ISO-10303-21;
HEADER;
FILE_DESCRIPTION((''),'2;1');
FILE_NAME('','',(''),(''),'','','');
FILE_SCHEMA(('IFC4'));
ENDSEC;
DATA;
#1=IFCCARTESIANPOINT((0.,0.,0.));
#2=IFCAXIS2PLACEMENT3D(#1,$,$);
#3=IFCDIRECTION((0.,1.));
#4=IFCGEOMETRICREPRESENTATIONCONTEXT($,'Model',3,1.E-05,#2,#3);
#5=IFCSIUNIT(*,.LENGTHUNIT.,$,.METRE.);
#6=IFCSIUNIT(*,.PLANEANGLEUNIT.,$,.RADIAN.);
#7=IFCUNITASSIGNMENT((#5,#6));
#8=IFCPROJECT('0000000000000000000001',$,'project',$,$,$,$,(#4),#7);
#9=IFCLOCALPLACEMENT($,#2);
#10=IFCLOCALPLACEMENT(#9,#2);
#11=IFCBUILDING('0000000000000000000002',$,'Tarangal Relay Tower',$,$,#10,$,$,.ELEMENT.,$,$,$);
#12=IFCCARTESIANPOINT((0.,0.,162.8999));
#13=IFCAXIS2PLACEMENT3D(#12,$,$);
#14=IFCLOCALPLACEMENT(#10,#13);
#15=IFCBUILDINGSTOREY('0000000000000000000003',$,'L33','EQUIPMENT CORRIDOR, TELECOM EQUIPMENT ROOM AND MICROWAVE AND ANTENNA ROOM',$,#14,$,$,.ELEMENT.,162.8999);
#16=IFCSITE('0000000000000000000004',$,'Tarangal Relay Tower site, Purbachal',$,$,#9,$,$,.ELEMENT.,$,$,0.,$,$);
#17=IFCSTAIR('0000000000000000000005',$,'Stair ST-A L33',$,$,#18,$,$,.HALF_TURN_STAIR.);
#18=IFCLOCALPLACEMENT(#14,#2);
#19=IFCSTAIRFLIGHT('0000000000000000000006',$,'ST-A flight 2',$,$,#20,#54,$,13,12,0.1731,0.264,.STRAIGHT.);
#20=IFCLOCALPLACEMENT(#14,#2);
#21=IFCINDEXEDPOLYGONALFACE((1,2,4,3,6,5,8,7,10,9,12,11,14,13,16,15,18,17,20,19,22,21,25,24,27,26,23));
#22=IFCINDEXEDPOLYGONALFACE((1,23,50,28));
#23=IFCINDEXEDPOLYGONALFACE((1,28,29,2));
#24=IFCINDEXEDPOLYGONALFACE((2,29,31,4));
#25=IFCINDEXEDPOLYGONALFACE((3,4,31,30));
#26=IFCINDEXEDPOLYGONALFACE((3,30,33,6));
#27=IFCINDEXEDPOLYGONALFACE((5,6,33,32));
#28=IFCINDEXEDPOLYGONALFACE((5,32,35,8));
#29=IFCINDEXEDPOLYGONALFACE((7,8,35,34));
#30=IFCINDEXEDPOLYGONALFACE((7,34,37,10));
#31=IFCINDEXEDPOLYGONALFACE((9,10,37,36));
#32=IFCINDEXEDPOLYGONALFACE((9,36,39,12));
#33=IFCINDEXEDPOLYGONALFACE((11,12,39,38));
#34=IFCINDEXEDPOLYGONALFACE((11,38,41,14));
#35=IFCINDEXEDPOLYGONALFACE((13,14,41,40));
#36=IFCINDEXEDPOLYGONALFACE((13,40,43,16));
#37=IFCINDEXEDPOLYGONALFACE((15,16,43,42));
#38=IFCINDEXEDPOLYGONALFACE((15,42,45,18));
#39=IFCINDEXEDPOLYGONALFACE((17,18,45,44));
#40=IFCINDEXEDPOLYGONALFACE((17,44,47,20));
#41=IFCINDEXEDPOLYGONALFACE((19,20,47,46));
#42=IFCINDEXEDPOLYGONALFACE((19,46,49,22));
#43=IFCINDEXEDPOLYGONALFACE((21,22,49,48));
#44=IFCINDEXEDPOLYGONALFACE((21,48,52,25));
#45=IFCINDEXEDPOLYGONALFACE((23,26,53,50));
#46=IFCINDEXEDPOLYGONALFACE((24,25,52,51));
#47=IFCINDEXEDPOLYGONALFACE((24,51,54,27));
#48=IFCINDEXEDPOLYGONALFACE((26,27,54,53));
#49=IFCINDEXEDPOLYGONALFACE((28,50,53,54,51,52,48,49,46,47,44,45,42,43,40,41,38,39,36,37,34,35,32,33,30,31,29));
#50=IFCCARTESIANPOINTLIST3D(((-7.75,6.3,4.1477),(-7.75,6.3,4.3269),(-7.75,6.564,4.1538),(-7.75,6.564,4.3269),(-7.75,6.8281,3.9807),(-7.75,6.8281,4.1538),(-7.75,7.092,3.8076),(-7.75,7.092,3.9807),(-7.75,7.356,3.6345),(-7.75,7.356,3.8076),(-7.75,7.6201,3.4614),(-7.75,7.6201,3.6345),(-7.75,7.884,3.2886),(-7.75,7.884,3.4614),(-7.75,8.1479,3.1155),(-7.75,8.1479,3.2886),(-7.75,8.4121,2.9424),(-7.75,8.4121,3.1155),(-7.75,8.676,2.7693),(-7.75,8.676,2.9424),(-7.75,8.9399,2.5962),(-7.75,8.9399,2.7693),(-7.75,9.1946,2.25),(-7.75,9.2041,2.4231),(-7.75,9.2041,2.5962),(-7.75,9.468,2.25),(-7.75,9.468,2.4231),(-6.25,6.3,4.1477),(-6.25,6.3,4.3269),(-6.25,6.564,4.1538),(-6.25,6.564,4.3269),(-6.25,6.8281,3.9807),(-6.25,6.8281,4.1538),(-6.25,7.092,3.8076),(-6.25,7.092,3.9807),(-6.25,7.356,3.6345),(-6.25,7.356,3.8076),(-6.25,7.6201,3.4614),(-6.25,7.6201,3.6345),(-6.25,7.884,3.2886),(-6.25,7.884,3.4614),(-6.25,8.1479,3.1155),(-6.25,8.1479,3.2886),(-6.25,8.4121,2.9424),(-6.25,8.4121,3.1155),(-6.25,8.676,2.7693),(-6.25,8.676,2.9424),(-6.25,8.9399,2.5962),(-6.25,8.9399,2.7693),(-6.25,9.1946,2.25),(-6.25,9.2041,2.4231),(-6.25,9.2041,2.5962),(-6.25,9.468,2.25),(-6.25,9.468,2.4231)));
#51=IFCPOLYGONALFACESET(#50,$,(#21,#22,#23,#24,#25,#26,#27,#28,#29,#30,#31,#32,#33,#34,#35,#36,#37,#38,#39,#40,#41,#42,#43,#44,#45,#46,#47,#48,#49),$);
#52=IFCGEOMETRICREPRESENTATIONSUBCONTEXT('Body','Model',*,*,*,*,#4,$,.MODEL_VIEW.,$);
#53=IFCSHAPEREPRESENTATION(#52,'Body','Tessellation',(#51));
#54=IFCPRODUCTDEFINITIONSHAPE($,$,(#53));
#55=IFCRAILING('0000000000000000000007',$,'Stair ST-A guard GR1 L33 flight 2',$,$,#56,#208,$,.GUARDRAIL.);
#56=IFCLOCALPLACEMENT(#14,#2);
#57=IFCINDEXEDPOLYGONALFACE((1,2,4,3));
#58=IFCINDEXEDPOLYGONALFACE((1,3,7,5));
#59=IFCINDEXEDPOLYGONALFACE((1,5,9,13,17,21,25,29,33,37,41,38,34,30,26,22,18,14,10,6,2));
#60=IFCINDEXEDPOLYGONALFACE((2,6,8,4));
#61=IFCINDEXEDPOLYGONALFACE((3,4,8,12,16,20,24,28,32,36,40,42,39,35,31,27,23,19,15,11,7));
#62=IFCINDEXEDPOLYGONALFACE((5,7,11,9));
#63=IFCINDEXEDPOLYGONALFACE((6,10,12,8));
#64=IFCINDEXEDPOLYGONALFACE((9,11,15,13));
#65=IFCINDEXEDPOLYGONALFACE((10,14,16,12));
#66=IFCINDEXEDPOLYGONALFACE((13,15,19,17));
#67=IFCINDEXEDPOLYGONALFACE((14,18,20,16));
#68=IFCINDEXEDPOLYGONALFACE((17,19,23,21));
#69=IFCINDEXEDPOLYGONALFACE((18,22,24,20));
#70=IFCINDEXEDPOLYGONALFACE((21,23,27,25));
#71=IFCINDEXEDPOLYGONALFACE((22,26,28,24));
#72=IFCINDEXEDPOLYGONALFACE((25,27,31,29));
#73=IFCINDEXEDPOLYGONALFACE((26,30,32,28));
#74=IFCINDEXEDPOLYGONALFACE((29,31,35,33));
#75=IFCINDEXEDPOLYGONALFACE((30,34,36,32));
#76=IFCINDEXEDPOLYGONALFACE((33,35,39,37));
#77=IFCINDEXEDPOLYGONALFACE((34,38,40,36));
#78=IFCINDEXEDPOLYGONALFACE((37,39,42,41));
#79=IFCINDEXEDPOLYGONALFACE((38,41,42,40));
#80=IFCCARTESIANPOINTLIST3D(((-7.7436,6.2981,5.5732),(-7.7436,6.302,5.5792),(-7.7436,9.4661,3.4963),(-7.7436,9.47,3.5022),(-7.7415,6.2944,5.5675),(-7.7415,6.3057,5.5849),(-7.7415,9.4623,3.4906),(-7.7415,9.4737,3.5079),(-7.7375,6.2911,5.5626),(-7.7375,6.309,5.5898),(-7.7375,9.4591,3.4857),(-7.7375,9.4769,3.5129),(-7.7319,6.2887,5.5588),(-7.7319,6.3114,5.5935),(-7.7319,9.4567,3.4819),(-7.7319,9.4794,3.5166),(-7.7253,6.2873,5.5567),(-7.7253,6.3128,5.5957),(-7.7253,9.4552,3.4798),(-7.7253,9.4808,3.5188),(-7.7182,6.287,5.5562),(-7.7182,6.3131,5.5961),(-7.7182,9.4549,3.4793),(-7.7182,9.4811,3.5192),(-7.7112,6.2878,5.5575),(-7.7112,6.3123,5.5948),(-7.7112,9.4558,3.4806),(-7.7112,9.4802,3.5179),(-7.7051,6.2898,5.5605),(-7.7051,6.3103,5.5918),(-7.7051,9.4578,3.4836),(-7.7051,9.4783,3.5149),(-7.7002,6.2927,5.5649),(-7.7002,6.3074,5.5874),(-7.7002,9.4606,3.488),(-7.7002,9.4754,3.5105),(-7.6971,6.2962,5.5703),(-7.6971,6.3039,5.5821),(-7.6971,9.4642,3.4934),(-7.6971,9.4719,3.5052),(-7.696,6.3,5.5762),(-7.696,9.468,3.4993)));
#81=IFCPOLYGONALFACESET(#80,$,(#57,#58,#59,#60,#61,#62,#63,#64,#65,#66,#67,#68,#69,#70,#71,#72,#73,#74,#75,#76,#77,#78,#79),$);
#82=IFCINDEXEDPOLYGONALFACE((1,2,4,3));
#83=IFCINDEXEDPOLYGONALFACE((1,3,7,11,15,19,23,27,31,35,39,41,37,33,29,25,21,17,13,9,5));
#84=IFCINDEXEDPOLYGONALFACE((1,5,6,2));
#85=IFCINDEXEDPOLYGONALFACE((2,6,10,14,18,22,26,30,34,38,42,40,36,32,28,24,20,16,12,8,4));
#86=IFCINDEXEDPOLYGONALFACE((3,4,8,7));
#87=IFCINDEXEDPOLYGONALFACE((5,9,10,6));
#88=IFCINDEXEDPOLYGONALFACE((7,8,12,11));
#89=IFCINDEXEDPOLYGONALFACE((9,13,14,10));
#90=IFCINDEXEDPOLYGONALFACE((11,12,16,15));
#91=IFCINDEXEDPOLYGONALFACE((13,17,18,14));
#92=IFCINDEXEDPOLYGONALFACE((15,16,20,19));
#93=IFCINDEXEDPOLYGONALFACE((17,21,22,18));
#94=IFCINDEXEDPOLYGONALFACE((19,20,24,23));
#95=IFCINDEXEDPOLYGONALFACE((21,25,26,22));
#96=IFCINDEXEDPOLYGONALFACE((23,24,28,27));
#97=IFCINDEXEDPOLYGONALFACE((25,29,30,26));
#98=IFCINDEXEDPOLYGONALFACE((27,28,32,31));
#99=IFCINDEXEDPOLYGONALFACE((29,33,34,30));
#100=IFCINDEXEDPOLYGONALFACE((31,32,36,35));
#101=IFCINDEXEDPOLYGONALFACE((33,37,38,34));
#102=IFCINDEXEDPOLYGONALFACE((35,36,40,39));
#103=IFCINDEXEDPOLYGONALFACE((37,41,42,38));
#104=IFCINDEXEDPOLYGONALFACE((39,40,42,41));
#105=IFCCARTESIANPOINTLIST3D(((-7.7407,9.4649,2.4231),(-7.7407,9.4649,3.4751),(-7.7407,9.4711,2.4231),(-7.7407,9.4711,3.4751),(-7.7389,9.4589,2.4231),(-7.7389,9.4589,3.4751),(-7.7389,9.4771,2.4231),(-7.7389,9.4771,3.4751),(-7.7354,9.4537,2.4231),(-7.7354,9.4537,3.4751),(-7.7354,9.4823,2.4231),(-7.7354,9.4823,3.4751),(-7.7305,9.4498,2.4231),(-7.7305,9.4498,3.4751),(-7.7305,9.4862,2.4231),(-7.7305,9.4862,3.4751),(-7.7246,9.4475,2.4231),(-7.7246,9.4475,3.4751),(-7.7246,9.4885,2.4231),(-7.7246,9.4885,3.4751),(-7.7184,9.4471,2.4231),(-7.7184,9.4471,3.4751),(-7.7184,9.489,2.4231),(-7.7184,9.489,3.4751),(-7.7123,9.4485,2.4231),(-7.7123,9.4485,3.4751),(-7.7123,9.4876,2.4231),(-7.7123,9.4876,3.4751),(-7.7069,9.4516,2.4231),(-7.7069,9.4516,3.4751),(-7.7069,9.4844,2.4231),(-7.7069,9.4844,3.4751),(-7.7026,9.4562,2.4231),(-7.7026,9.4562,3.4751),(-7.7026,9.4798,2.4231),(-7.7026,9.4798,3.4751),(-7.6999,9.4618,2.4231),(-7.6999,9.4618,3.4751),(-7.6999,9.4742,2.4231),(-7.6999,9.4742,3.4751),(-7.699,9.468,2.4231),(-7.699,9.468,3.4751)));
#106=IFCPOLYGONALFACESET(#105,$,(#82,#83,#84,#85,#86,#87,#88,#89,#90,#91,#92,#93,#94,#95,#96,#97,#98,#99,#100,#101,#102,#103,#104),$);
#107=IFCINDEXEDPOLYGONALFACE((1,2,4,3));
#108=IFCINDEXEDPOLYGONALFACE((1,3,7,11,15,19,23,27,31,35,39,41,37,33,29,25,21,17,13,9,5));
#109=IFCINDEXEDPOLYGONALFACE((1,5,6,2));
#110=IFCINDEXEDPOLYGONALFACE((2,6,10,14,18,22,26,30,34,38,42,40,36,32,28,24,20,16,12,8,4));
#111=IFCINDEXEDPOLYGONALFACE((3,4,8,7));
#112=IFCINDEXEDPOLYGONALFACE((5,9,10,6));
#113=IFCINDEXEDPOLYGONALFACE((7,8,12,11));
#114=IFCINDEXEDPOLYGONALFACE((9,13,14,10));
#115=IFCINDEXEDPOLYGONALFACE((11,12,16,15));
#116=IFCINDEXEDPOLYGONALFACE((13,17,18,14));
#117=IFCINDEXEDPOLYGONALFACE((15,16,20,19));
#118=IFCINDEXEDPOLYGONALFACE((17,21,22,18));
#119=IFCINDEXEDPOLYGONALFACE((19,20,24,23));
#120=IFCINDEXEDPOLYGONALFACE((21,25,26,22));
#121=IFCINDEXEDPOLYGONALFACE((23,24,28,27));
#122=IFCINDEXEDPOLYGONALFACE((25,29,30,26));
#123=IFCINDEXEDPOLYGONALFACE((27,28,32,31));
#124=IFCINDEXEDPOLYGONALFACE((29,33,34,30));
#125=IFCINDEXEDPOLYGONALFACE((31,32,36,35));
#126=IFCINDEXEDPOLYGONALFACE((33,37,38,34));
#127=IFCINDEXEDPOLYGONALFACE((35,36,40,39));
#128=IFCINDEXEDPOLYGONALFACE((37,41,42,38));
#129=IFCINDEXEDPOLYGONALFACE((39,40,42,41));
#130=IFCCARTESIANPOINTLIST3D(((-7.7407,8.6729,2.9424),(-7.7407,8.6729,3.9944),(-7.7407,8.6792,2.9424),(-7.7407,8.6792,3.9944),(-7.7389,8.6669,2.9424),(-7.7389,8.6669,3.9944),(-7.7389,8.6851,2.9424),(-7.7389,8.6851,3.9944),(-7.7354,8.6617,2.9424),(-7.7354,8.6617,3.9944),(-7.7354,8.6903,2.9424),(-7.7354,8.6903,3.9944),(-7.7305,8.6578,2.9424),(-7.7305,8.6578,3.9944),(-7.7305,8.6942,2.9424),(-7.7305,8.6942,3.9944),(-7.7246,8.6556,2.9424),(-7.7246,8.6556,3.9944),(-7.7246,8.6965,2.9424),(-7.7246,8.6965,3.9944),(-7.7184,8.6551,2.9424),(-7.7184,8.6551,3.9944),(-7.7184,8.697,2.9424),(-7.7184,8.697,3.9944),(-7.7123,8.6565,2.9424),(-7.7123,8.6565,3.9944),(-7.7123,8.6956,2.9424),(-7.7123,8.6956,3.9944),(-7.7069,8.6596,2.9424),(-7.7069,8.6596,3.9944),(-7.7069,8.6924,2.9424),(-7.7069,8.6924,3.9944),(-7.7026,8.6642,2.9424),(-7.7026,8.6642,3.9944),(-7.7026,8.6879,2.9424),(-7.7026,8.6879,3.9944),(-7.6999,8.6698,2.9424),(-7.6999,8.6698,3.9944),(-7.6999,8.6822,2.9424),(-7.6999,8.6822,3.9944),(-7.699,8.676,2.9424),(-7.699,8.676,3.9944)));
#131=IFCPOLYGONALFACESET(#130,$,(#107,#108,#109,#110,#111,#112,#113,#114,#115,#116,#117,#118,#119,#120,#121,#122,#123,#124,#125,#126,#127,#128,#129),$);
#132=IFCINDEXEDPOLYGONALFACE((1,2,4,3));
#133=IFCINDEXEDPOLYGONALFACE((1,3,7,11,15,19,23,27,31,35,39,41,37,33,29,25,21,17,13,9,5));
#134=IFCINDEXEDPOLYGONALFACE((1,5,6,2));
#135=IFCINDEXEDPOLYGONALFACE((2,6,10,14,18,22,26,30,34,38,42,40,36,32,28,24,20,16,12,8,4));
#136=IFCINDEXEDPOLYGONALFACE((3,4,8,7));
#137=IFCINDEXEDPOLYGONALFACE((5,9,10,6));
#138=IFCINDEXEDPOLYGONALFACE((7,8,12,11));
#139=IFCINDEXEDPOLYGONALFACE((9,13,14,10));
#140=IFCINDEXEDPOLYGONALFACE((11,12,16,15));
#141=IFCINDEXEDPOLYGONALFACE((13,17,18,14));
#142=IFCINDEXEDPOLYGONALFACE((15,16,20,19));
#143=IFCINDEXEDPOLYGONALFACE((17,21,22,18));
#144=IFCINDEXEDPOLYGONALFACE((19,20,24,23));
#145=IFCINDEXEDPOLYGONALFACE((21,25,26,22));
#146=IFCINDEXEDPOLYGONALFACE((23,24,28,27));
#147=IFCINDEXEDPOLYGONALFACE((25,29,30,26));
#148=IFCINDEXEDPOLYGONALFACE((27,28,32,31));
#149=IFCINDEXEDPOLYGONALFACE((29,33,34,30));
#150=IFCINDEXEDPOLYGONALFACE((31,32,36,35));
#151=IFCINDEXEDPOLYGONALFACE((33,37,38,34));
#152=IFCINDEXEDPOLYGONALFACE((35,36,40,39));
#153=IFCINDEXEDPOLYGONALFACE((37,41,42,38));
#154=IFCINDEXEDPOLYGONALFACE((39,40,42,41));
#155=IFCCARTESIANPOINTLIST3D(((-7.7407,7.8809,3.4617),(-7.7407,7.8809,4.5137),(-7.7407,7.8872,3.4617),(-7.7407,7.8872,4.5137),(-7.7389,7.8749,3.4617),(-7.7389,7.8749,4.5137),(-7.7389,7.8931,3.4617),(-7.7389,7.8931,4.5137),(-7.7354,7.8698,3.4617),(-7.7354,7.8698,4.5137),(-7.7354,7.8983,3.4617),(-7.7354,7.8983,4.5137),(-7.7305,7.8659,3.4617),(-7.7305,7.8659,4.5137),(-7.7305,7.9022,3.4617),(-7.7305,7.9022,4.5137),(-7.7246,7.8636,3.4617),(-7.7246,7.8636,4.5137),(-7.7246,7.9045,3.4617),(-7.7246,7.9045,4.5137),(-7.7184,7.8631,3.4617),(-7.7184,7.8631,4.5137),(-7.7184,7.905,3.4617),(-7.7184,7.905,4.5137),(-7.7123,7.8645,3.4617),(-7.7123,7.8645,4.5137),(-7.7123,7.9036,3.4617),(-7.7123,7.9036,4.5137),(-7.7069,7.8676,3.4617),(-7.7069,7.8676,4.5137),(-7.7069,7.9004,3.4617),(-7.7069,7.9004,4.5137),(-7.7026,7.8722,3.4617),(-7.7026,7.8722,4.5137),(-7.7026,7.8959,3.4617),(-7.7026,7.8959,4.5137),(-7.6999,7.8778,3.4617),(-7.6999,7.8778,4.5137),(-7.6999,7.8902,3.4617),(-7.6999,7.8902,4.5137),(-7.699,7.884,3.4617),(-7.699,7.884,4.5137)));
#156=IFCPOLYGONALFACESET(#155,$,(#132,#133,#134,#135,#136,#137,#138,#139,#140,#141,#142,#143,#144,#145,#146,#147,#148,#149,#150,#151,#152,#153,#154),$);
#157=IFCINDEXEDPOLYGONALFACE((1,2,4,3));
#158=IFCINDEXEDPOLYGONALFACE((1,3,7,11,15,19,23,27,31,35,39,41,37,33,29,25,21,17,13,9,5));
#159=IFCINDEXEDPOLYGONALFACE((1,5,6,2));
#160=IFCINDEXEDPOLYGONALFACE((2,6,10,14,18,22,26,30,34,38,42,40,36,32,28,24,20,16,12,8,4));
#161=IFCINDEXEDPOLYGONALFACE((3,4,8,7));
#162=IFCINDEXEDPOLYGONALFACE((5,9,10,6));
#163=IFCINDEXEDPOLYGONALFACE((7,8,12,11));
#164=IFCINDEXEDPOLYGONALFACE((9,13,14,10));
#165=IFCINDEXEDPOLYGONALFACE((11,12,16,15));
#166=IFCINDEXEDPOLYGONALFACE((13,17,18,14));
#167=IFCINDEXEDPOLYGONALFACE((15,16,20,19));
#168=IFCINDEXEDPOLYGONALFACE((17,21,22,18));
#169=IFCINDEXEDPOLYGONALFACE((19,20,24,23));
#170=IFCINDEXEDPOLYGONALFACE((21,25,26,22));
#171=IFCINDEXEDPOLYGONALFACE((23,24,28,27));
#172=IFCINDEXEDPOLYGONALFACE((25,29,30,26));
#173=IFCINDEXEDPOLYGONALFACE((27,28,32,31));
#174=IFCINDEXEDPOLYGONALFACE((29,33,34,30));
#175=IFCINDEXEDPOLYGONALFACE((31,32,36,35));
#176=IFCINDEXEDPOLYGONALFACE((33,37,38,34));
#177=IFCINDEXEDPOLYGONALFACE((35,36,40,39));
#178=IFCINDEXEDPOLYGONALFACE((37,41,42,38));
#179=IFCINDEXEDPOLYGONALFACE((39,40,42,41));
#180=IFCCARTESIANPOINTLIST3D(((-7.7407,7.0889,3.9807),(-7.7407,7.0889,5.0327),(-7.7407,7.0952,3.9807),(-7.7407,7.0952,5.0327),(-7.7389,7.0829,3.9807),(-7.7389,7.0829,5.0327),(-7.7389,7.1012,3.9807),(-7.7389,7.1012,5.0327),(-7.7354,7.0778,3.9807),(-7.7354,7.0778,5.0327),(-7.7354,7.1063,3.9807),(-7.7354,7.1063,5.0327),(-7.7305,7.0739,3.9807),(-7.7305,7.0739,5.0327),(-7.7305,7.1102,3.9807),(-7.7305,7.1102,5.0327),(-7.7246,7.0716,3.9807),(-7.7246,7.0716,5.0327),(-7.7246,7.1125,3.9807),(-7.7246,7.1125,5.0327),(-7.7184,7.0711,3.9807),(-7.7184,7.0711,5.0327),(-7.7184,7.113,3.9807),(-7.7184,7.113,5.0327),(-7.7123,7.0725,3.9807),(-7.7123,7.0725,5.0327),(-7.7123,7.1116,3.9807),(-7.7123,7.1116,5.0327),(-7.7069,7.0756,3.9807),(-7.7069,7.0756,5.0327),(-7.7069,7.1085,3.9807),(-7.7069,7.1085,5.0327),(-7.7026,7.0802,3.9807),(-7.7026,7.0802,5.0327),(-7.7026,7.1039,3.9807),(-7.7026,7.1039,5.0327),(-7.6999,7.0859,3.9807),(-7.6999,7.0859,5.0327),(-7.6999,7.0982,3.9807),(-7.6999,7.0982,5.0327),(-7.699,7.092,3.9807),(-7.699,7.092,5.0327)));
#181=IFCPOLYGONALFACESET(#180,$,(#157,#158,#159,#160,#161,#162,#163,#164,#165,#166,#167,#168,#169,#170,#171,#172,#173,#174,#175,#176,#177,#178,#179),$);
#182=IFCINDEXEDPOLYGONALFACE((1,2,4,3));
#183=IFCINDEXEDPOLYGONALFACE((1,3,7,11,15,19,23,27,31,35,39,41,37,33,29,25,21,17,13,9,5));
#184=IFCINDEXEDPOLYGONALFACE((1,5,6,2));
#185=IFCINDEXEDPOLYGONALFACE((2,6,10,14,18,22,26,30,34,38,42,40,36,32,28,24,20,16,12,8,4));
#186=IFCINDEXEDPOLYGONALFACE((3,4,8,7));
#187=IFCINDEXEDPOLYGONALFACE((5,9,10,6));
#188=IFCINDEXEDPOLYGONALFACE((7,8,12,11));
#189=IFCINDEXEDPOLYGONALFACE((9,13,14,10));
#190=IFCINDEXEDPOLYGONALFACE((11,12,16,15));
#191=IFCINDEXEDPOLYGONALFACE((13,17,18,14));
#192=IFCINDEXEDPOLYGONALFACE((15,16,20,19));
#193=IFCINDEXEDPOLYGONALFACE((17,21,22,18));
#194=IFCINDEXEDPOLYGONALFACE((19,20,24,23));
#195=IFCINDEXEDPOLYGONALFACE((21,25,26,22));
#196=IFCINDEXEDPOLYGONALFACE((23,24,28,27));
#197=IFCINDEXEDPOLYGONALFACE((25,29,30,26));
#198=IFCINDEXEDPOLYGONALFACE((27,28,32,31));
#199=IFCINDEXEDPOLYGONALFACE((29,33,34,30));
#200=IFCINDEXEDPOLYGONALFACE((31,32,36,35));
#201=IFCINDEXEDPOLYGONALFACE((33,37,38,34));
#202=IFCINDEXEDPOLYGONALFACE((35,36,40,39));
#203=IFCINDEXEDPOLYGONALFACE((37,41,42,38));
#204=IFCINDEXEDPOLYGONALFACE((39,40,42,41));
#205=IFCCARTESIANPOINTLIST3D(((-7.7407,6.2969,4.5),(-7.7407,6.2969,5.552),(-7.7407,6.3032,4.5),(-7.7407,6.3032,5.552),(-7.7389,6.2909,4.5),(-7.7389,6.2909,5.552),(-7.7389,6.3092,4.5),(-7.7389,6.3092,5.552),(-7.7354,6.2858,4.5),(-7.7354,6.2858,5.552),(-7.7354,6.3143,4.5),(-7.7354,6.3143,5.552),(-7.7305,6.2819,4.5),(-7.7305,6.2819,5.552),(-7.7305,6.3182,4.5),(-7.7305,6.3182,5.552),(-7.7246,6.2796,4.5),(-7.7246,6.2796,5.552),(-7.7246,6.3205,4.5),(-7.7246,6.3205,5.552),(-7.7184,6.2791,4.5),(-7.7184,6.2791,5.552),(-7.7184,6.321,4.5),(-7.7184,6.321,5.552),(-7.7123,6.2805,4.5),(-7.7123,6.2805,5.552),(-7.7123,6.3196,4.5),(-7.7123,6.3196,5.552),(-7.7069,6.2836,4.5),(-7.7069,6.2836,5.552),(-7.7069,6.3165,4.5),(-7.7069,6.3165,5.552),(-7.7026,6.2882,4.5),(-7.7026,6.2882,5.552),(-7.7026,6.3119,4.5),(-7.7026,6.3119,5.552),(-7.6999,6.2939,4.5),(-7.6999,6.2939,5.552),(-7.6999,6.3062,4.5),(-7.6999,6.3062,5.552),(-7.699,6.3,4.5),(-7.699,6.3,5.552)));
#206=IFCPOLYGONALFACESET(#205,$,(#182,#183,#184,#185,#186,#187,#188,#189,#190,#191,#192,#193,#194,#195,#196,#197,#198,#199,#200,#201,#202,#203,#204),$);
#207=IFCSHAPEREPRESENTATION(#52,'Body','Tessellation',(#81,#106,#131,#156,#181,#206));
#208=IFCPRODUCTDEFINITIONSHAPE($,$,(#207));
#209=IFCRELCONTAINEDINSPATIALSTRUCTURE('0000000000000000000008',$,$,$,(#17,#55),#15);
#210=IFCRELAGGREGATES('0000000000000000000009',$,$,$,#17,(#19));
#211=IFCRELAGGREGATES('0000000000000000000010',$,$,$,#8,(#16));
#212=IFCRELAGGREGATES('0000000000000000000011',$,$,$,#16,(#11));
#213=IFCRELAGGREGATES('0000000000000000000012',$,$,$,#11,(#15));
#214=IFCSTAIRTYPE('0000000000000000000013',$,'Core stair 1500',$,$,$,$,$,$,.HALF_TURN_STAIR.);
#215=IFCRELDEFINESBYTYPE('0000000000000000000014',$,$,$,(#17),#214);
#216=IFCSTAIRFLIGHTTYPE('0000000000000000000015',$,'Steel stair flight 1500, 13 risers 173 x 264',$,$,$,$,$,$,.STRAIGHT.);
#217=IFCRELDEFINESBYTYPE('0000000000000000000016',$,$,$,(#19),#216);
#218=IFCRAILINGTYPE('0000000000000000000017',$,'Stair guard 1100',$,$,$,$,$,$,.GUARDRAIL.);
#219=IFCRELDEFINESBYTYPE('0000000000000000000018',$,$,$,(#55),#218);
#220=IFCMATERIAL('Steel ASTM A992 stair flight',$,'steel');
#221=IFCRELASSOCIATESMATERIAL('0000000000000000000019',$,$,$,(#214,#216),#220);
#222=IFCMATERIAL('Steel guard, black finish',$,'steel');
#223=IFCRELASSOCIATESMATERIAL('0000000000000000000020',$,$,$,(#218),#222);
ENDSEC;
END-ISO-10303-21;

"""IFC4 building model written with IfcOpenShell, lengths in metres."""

from ifc_helpers import new_model, si_unit, direction, frame, origin, origin_2d, place, context, subcontext, project, spatial, polyline, circle, outline, extrude, material, type_object, element, aggregate, save


model = new_model("IFC4")

# Units and contexts
model_context = context("Model", 3, precision=1e-05, world=origin(), true_north=direction((0.0, 1.0)))
body_context = subcontext(model_context, "Body", "Model", "MODEL_VIEW")
ifc_project = project(units=[si_unit("LENGTHUNIT", "METRE"), si_unit("PLANEANGLEUNIT", "RADIAN")], contexts=[model_context])

# Site, building, storey
site_placement = place(None, origin())
site = spatial("IfcSite", under=ifc_project, at=site_placement, Name="Tarangal Relay Tower site, Purbachal", CompositionType="ELEMENT", RefElevation=0.0)
building_placement = place(site_placement, origin())
building = spatial("IfcBuilding", under=site, at=building_placement, Name="Tarangal Relay Tower", CompositionType="ELEMENT")
storey_placement = place(building_placement, frame((0.0, 0.0, 162.8999)))
storey = spatial("IfcBuildingStorey", under=building, at=storey_placement, Name="L33", Description="EQUIPMENT CORRIDOR, TELECOM EQUIPMENT ROOM AND MICROWAVE AND ANTENNA ROOM", CompositionType="ELEMENT", Elevation=162.8999)

# Stair, stair flight
ifc_material_1 = material(Name="Steel ASTM A992 stair flight", Category="steel")
stair_type = type_object("IfcStairType", Name="Core stair 1500", PredefinedType="HALF_TURN_STAIR", material=ifc_material_1)
stair_placement = place(storey_placement, origin())
stair = element("IfcStair", 1, at=stair_placement, inside=storey, type_object=stair_type, Name="Stair ST-A L33", PredefinedType="HALF_TURN_STAIR")
stair_flight_type = type_object("IfcStairFlightType", Name="Steel stair flight 1500, 13 risers 173 x 264", PredefinedType="STRAIGHT", material=ifc_material_1)
stair_flight_placement = place(storey_placement, frame((-7.0, 9.468, 2.25), z_axis=(0.0, 0.0, 1.0), x_axis=(0.0, -1.0, 0.0)))
stair_flight = element("IfcStairFlight", 2, at=stair_flight_placement, type_object=stair_flight_type, Name="ST-A flight 2", NumberOfRisers=13, NumberOfTreads=12, PredefinedType="STRAIGHT", RiserHeight=0.1731, TreadLength=0.264, context=body_context, shape_type="SweptSolid", body=[
    extrude(outline(polyline([(0.0, 0.0), (0.0, 0.1731), (0.2639, 0.1731), (0.2639, 0.3462), (0.5281, 0.3462), (0.5281, 0.5193), (0.792, 0.5193), (0.792, 0.6924), (1.0559, 0.6924), (1.0559, 0.8655), (1.3201, 0.8655), (1.3201, 1.0386), (1.584, 1.0386), (1.584, 1.2114), (1.8479, 1.2114), (1.8479, 1.3845), (2.1121, 1.3845), (2.1121, 1.5576), (2.376, 1.5576), (2.376, 1.7307), (2.6399, 1.7307), (2.6399, 1.9038), (2.9041, 1.9038), (2.9041, 2.0769), (3.168, 2.0769), (3.168, 2.25), (3.168, 1.8977), (0.2734, 0.0), (0.0, 0.0)])), frame((0.0, 0.75, 0.0), z_axis=(0.0, -1.0, 0.0), x_axis=(1.0, 0.0, 0.0)), (0.0, 0.0, 1.0), 1.5),
])
aggregate(stair, [stair_flight])

# Railing
ifc_material_2 = material(Name="Steel guard, black finish", Category="steel")
railing_type_1 = type_object("IfcRailingType", Name="Stair guard 1100", PredefinedType="GUARDRAIL", material=ifc_material_2)
railing_1_placement = place(storey_placement, frame((-7.72, 9.468, 2.4231)))
element("IfcRailing", 3, at=railing_1_placement, inside=storey, type_object=railing_type_1, Name="Stair ST-A guard GR1 L33 flight 2", PredefinedType="GUARDRAIL", context=body_context, shape_type="SweptSolid", body=[
    extrude(circle(Radius=0.0239, at=origin_2d()), frame((0.0, 0.0, 1.0762), z_axis=(0.0, -0.836299, 0.548273), x_axis=(1.0, 0.0, 0.0)), (0.0, 0.0, 1.0), 3.7881),
    extrude(circle(Radius=0.021, at=origin_2d()), origin(), (0.0, 0.0, 1.0), 1.052),
    extrude(circle(Radius=0.021, at=origin_2d()), frame((0.0, -0.792, 0.5193)), (0.0, 0.0, 1.0), 1.052),
    extrude(circle(Radius=0.021, at=origin_2d()), frame((0.0, -1.584, 1.0386)), (0.0, 0.0, 1.0), 1.052),
    extrude(circle(Radius=0.021, at=origin_2d()), frame((0.0, -2.376, 1.5576)), (0.0, 0.0, 1.0), 1.052),
    extrude(circle(Radius=0.021, at=origin_2d()), frame((0.0, -3.168, 2.0769)), (0.0, 0.0, 1.0), 1.052),
])

save(model, "model.ifc")
